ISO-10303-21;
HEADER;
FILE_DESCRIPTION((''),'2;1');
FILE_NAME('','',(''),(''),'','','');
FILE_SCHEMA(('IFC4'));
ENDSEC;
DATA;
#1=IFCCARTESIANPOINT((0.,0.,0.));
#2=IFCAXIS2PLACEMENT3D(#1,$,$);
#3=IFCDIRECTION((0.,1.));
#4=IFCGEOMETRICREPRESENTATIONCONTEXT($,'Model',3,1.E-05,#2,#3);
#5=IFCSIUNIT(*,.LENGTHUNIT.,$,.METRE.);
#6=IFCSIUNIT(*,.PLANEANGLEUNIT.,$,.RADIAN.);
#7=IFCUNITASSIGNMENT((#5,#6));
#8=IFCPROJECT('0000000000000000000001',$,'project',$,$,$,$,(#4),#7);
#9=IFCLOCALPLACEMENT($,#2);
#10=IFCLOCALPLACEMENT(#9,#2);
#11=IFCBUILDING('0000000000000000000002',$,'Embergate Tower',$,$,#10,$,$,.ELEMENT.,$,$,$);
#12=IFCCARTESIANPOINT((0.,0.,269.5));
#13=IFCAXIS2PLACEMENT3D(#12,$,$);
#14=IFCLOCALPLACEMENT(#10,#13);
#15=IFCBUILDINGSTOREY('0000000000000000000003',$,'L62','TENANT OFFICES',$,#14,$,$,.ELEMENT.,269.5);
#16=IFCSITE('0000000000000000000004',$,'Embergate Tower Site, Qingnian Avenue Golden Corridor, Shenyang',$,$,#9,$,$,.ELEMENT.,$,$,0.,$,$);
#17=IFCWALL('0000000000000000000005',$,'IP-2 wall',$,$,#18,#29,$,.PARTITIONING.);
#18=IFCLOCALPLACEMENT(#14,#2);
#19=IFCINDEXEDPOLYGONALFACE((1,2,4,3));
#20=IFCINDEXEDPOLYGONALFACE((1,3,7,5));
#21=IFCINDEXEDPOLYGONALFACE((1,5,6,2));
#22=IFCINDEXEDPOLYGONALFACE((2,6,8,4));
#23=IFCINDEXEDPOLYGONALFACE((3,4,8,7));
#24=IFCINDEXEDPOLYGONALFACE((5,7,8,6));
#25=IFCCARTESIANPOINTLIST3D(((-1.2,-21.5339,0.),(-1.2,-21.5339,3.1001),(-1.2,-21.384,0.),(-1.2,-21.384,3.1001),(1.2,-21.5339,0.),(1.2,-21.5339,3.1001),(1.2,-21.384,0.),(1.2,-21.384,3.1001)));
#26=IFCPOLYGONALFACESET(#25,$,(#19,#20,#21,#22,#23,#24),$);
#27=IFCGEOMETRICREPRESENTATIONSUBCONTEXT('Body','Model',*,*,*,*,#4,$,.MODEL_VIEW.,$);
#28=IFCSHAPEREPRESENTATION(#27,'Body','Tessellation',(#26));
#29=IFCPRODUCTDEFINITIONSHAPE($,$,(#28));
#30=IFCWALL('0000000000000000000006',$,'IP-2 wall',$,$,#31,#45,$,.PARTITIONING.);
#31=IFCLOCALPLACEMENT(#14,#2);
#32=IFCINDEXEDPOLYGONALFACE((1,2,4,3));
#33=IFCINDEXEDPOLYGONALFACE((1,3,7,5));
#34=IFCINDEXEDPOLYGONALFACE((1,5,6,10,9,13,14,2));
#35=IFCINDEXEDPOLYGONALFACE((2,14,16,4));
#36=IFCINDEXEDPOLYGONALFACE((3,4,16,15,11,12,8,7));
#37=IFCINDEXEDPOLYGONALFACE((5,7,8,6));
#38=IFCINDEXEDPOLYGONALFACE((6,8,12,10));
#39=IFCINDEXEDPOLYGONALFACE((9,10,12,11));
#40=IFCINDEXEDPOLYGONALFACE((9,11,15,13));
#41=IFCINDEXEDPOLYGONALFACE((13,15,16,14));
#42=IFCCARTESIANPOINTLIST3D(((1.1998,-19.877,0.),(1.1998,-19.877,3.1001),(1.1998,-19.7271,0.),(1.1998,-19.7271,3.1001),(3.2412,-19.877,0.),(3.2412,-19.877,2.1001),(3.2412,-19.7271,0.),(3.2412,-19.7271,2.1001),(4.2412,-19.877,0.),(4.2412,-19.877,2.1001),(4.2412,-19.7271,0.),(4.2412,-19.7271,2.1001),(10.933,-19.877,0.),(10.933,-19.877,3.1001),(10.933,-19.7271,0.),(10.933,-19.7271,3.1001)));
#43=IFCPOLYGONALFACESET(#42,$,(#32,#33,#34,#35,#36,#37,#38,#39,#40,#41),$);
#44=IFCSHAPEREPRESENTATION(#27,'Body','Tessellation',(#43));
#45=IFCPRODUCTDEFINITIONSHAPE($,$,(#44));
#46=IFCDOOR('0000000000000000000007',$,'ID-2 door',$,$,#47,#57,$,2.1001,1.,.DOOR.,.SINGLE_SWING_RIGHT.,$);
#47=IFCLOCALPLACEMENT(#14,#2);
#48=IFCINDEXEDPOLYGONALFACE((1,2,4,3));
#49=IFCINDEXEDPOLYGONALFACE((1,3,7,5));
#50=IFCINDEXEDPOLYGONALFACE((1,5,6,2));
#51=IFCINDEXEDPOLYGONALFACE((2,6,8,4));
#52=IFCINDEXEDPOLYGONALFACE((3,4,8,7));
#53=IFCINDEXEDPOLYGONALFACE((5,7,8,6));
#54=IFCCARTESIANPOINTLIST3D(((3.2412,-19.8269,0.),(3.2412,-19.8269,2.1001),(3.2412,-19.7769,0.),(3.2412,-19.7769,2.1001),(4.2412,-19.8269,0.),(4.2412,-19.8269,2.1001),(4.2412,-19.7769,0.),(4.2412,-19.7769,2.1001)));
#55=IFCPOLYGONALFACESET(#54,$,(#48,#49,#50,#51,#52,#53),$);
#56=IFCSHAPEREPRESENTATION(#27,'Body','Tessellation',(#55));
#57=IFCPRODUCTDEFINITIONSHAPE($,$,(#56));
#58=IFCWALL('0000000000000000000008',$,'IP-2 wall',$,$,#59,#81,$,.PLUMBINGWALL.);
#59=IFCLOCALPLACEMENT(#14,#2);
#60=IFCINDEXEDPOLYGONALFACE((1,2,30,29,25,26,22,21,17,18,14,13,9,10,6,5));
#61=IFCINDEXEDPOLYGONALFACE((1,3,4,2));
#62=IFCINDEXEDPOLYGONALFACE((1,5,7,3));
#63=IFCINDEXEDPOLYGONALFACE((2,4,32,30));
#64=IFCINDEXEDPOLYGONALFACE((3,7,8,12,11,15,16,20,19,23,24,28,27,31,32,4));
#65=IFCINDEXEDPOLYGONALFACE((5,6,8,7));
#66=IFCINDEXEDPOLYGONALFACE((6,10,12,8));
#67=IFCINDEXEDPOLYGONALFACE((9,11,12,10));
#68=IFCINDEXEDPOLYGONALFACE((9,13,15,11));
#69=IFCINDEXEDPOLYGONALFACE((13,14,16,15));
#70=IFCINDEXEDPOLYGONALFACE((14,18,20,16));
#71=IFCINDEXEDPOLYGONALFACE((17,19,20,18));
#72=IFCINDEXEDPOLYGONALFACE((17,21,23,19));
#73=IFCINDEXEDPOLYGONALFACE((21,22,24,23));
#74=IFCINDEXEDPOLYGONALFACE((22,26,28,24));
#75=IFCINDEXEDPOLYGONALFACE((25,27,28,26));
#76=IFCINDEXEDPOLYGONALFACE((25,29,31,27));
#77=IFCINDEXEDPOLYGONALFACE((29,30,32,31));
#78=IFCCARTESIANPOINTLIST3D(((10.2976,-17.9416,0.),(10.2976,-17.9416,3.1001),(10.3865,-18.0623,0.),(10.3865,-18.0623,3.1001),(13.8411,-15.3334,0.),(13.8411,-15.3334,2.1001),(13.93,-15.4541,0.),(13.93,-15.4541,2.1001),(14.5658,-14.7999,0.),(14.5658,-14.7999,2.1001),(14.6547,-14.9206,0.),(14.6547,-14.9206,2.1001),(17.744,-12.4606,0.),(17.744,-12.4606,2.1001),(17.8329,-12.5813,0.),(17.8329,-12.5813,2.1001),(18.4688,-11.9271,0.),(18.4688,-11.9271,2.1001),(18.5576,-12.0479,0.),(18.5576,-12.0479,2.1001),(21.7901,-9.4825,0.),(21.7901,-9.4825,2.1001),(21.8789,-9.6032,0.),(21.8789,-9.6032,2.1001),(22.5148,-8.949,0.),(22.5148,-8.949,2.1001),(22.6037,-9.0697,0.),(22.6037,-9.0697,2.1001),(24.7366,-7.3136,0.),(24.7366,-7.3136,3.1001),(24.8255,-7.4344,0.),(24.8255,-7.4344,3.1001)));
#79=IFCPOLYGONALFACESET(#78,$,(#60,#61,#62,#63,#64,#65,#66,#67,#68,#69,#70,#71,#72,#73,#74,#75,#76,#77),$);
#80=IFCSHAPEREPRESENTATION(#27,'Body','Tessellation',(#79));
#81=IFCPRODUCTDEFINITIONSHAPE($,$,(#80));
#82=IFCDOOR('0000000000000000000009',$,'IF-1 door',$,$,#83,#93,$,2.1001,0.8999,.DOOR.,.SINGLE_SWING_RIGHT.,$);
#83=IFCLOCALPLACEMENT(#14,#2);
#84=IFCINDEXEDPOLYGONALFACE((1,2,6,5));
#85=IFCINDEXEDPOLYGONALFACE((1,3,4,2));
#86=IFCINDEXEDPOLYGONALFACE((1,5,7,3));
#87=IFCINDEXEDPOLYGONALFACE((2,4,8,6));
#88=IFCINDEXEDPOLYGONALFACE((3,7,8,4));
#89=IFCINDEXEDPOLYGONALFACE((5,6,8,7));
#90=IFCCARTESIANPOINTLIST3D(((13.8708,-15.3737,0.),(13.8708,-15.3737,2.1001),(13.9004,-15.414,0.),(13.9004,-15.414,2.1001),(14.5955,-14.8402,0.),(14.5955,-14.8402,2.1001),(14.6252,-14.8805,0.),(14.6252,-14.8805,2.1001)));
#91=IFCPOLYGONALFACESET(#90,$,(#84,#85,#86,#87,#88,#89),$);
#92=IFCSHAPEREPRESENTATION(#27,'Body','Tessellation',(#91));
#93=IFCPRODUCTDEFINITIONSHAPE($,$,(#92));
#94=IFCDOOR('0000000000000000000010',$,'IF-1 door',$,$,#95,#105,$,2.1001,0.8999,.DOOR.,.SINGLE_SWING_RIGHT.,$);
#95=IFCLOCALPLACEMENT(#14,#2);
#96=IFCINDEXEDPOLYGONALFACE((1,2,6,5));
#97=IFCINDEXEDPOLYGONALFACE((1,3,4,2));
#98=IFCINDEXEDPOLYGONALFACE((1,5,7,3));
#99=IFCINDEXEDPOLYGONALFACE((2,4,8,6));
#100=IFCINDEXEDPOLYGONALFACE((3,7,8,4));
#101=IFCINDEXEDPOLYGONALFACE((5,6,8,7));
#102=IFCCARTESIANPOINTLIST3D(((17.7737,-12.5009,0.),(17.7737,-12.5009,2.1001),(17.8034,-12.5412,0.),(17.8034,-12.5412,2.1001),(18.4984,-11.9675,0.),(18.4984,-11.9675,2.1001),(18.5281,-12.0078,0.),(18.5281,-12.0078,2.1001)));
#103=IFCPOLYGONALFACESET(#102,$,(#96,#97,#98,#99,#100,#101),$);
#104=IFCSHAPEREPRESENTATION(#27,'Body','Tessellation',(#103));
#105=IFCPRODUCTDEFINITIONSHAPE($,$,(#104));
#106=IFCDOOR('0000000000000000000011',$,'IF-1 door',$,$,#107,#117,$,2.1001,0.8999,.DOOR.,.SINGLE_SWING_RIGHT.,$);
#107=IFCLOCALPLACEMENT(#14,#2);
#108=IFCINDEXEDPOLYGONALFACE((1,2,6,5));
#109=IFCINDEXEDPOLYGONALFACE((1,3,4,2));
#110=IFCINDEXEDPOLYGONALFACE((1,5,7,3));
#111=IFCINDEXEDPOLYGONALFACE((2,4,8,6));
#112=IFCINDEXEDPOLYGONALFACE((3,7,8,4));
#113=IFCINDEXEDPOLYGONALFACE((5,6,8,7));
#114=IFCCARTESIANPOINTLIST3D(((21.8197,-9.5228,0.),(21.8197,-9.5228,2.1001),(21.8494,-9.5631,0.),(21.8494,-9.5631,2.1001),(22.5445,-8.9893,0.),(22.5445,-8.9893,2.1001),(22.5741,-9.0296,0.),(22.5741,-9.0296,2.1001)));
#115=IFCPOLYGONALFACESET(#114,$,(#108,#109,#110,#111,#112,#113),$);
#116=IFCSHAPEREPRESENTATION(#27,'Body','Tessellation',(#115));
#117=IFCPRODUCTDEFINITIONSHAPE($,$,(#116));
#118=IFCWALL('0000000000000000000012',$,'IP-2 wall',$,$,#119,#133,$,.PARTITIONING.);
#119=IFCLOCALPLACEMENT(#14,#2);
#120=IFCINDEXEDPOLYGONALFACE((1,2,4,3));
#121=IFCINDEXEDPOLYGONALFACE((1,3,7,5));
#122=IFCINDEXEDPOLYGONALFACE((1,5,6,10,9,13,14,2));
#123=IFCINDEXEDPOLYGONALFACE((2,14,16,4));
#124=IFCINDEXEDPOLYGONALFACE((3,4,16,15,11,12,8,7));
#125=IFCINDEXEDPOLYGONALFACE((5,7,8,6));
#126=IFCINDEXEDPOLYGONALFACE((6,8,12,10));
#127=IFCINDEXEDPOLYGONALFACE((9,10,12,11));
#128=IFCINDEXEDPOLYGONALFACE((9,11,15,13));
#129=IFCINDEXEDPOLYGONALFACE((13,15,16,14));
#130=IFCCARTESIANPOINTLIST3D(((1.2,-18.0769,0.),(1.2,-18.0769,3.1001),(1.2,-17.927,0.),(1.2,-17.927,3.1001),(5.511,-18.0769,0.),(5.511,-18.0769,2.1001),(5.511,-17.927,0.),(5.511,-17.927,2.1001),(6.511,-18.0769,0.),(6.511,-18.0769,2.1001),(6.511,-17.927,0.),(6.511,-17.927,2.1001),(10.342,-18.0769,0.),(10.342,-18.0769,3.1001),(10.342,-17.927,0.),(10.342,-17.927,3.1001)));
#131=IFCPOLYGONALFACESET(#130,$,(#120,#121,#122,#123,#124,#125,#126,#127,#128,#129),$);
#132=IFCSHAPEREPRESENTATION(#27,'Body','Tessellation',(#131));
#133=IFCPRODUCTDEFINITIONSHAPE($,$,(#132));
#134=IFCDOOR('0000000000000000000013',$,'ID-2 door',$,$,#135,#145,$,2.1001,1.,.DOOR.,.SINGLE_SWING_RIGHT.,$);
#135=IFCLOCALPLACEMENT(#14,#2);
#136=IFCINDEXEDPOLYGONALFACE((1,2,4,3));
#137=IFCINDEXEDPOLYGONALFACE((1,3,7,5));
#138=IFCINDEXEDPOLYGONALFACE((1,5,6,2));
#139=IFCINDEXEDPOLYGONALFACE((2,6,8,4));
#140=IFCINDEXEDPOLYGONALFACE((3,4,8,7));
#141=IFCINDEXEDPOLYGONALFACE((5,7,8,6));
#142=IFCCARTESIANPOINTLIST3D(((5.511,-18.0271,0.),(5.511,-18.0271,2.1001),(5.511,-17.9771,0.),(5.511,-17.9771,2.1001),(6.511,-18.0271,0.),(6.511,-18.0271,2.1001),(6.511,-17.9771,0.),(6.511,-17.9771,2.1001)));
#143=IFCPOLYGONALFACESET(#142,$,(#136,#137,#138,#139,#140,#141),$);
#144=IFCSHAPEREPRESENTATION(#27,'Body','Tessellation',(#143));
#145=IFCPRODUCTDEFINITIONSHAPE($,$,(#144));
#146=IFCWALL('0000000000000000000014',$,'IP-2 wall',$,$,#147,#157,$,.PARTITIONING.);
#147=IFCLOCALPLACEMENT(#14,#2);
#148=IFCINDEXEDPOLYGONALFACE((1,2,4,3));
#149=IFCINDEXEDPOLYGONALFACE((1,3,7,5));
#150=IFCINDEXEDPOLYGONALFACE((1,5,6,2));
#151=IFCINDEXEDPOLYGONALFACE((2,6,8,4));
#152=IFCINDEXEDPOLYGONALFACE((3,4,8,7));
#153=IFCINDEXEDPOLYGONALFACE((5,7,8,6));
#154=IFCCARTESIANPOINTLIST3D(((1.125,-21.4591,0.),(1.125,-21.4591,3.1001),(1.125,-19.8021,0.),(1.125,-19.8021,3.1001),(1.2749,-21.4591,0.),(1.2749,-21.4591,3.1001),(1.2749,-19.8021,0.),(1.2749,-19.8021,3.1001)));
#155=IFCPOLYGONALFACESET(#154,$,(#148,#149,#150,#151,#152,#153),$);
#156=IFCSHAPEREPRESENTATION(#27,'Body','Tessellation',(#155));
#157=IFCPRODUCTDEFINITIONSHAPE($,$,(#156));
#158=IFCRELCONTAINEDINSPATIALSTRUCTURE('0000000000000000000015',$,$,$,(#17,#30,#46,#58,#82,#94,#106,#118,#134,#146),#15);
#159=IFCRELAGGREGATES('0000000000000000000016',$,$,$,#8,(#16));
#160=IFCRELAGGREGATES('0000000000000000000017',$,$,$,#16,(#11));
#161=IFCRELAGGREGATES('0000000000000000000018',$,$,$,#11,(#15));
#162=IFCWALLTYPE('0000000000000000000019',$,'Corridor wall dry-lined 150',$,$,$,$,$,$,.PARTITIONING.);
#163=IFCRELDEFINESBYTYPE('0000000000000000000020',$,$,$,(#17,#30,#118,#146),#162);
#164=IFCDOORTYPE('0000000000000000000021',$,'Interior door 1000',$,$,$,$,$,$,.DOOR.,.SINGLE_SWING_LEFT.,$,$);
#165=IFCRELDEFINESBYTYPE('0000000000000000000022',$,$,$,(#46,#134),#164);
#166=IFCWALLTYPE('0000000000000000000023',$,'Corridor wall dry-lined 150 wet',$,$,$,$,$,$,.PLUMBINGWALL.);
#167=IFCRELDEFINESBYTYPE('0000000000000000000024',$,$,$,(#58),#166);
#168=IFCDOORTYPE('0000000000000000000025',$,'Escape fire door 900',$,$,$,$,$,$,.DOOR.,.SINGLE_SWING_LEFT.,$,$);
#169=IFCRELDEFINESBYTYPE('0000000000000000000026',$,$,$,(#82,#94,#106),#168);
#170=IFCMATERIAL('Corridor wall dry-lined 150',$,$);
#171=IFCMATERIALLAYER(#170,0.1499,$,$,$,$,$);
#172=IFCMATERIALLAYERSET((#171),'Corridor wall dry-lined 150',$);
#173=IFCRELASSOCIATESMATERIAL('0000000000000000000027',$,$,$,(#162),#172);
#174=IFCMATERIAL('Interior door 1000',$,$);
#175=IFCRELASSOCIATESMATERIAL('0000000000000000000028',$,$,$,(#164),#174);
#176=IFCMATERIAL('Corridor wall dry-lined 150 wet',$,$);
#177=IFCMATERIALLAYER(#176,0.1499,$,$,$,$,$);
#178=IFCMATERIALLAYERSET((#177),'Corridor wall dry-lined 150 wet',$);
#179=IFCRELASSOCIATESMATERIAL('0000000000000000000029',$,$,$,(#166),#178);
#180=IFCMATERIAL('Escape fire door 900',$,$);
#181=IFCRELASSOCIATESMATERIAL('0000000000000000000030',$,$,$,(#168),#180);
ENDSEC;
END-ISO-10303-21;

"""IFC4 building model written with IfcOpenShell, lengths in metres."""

from ifc_helpers import new_model, si_unit, direction, frame, frame_2d, origin, place, context, subcontext, project, spatial, rectangle, extrude, source, transform, mapped, material, layer, layer_set, type_object, element, fill, save


model = new_model("IFC4")

# Units and contexts
model_context = context("Model", 3, precision=1e-05, world=origin(), true_north=direction((0.0, 1.0)))
body_context = subcontext(model_context, "Body", "Model", "MODEL_VIEW")
ifc_project = project(units=[si_unit("LENGTHUNIT", "METRE"), si_unit("PLANEANGLEUNIT", "RADIAN")], contexts=[model_context])

# Site, building, storey
site_placement = place(None, origin())
site = spatial("IfcSite", under=ifc_project, at=site_placement, Name="Embergate Tower Site, Qingnian Avenue Golden Corridor, Shenyang", CompositionType="ELEMENT", RefElevation=0.0)
building_placement = place(site_placement, origin())
building = spatial("IfcBuilding", under=site, at=building_placement, Name="Embergate Tower", CompositionType="ELEMENT")
storey_placement = place(building_placement, frame((0.0, 0.0, 269.5)))
storey = spatial("IfcBuildingStorey", under=building, at=storey_placement, Name="L62", Description="TENANT OFFICES", CompositionType="ELEMENT", Elevation=269.5)

# Wall
ifc_material_1 = material(Name="Corridor wall dry-lined 150")
ifc_layer_1 = layer(ifc_material_1, 0.1499)
ifc_layer_set_1 = layer_set([ifc_layer_1], Name="Corridor wall dry-lined 150")
wall_type_1 = type_object("IfcWallType", Name="Corridor wall dry-lined 150", PredefinedType="PARTITIONING", material=ifc_layer_set_1)
shared_shape_1 = source(origin(), body_context, "Body", "SweptSolid", [
    extrude(rectangle(XDim=2.3999, YDim=0.1499, at=frame_2d((1.2, 0.0))), origin(), (0.0, 0.0, 1.0), 3.1001),
])
wall_1_placement = place(storey_placement, frame((1.2, -21.459, 0.0), z_axis=(0.0, 0.0, 1.0), x_axis=(-1.0, 0.0, 0.0)))
element("IfcWall", 1, at=wall_1_placement, inside=storey, type_object=wall_type_1, Name="IP-2 wall", PredefinedType="PARTITIONING", context=body_context, shape_type="MappedRepresentation", body=[
    mapped(shared_shape_1, transform((0.0, 0.0, 0.0))),
])

# Wall, opening, door
shared_shape_2 = source(origin(), body_context, "Body", "SweptSolid", [
    extrude(rectangle(XDim=9.7332, YDim=0.1499, at=frame_2d((4.8667, 0.0))), origin(), (0.0, 0.0, 1.0), 3.1001),
])
wall_2_placement = place(storey_placement, frame((10.9331, -19.802, 0.0), z_axis=(0.0, 0.0, 1.0), x_axis=(-1.0, 0.0, 0.0)))
wall_2 = element("IfcWall", 2, at=wall_2_placement, inside=storey, type_object=wall_type_1, Name="IP-2 wall", PredefinedType="PARTITIONING", context=body_context, shape_type="MappedRepresentation", body=[
    mapped(shared_shape_2, transform((0.0, 0.0, 0.0))),
])
shared_shape_3 = source(origin(), body_context, "Body", "SweptSolid", [
    extrude(rectangle(XDim=1.0, YDim=2.1001, at=frame_2d((0.5, 1.05))), frame((0.0, 0.085, 0.0), z_axis=(0.0, -1.0, 0.0), x_axis=(1.0, 0.0, 0.0)), (0.0, 0.0, 1.0), 0.1699),
])
opening_1_placement = place(wall_2_placement, frame((6.6919, 0.0, 0.0)))
opening_1 = element("IfcOpeningElement", 3, at=opening_1_placement, cuts=wall_2, PredefinedType="OPENING", context=body_context, shape_type="MappedRepresentation", body=[
    mapped(shared_shape_3, transform((0.0, 0.0, 0.0))),
])
ifc_material_2 = material(Name="Interior door 1000")
door_type_1 = type_object("IfcDoorType", Name="Interior door 1000", OperationType="SINGLE_SWING_LEFT", PredefinedType="DOOR", material=ifc_material_2)
shared_shape_4 = source(origin(), body_context, "Body", "SweptSolid", [
    extrude(rectangle(XDim=1.0, YDim=2.1001, at=frame_2d((0.5, 1.05))), frame((0.0, 0.0249, 0.0), z_axis=(0.0, -1.0, 0.0), x_axis=(1.0, 0.0, 0.0)), (0.0, 0.0, 1.0), 0.05),
])
door_1_placement = place(opening_1_placement, origin())
door_1 = element("IfcDoor", 4, at=door_1_placement, inside=storey, type_object=door_type_1, Name="ID-2 door", OperationType="SINGLE_SWING_RIGHT", OverallHeight=2.1001, OverallWidth=1.0, PredefinedType="DOOR", context=body_context, shape_type="MappedRepresentation", body=[
    mapped(shared_shape_4, transform((0.0, 0.0, 0.0))),
])
fill(opening_1, door_1)

# Wall, openings, doors
ifc_material_3 = material(Name="Corridor wall dry-lined 150 wet")
ifc_layer_2 = layer(ifc_material_3, 0.1499)
ifc_layer_set_2 = layer_set([ifc_layer_2], Name="Corridor wall dry-lined 150 wet")
wall_type_2 = type_object("IfcWallType", Name="Corridor wall dry-lined 150 wet", PredefinedType="PLUMBINGWALL", material=ifc_layer_set_2)
shared_shape_5 = source(origin(), body_context, "Body", "SweptSolid", [
    extrude(rectangle(XDim=17.9287, YDim=0.1499, at=frame_2d((8.9644, 0.0))), origin(), (0.0, 0.0, 1.0), 3.1001),
])
wall_3_placement = place(storey_placement, frame((10.342, -18.002, 0.0), z_axis=(0.0, 0.0, 1.0), x_axis=(0.805357, 0.59279, 0.0)))
wall_3 = element("IfcWall", 5, at=wall_3_placement, inside=storey, type_object=wall_type_2, Name="IP-2 wall", PredefinedType="PLUMBINGWALL", context=body_context, shape_type="MappedRepresentation", body=[
    mapped(shared_shape_5, transform((0.0, 0.0, 0.0))),
])
shared_shape_6 = source(origin(), body_context, "Body", "SweptSolid", [
    extrude(rectangle(XDim=0.8999, YDim=2.1001, at=frame_2d((0.45, 1.05))), frame((0.0, 0.085, 0.0), z_axis=(0.0, -1.0, 0.0), x_axis=(1.0, 0.0, 0.0)), (0.0, 0.0, 1.0), 0.1699),
])
opening_2_placement = place(wall_3_placement, frame((4.3999, 0.0, 0.0)))
opening_2 = element("IfcOpeningElement", 6, at=opening_2_placement, cuts=wall_3, PredefinedType="OPENING", context=body_context, shape_type="MappedRepresentation", body=[
    mapped(shared_shape_6, transform((0.0, 0.0, 0.0))),
])
opening_3_placement = place(wall_3_placement, frame((9.2461, 0.0, 0.0)))
opening_3 = element("IfcOpeningElement", 7, at=opening_3_placement, cuts=wall_3, PredefinedType="OPENING", context=body_context, shape_type="MappedRepresentation", body=[
    mapped(shared_shape_6, transform((0.0, 0.0, 0.0))),
])
opening_4_placement = place(wall_3_placement, frame((14.27, 0.0, 0.0)))
opening_4 = element("IfcOpeningElement", 8, at=opening_4_placement, cuts=wall_3, PredefinedType="OPENING", context=body_context, shape_type="MappedRepresentation", body=[
    mapped(shared_shape_6, transform((0.0, 0.0, 0.0))),
])
ifc_material_4 = material(Name="Escape fire door 900")
door_type_2 = type_object("IfcDoorType", Name="Escape fire door 900", OperationType="SINGLE_SWING_LEFT", PredefinedType="DOOR", material=ifc_material_4)
shared_shape_7 = source(origin(), body_context, "Body", "SweptSolid", [
    extrude(rectangle(XDim=0.8999, YDim=2.1001, at=frame_2d((0.45, 1.05))), frame((0.0, 0.0249, 0.0), z_axis=(0.0, -1.0, 0.0), x_axis=(1.0, 0.0, 0.0)), (0.0, 0.0, 1.0), 0.05),
])
door_2_placement = place(opening_2_placement, origin())
door_2 = element("IfcDoor", 9, at=door_2_placement, inside=storey, type_object=door_type_2, Name="IF-1 door", OperationType="SINGLE_SWING_RIGHT", OverallHeight=2.1001, OverallWidth=0.8999, PredefinedType="DOOR", context=body_context, shape_type="MappedRepresentation", body=[
    mapped(shared_shape_7, transform((0.0, 0.0, 0.0))),
])
fill(opening_2, door_2)
door_3_placement = place(opening_3_placement, origin())
door_3 = element("IfcDoor", 10, at=door_3_placement, inside=storey, type_object=door_type_2, Name="IF-1 door", OperationType="SINGLE_SWING_RIGHT", OverallHeight=2.1001, OverallWidth=0.8999, PredefinedType="DOOR", context=body_context, shape_type="MappedRepresentation", body=[
    mapped(shared_shape_7, transform((0.0, 0.0, 0.0))),
])
fill(opening_3, door_3)
door_4_placement = place(opening_4_placement, origin())
door_4 = element("IfcDoor", 11, at=door_4_placement, inside=storey, type_object=door_type_2, Name="IF-1 door", OperationType="SINGLE_SWING_RIGHT", OverallHeight=2.1001, OverallWidth=0.8999, PredefinedType="DOOR", context=body_context, shape_type="MappedRepresentation", body=[
    mapped(shared_shape_7, transform((0.0, 0.0, 0.0))),
])
fill(opening_4, door_4)

# Wall, opening, door
shared_shape_8 = source(origin(), body_context, "Body", "SweptSolid", [
    extrude(rectangle(XDim=9.1421, YDim=0.1499, at=frame_2d((4.571, 0.0))), origin(), (0.0, 0.0, 1.0), 3.1001),
])
wall_4_placement = place(storey_placement, frame((1.2, -18.002, 0.0), z_axis=(0.0, 0.0, 1.0), x_axis=(1.0, 0.0, 0.0)))
wall_4 = element("IfcWall", 12, at=wall_4_placement, inside=storey, type_object=wall_type_1, Name="IP-2 wall", PredefinedType="PARTITIONING", context=body_context, shape_type="MappedRepresentation", body=[
    mapped(shared_shape_8, transform((0.0, 0.0, 0.0))),
])
opening_5_placement = place(wall_4_placement, frame((4.311, 0.0, 0.0)))
opening_5 = element("IfcOpeningElement", 13, at=opening_5_placement, cuts=wall_4, PredefinedType="OPENING", context=body_context, shape_type="MappedRepresentation", body=[
    mapped(shared_shape_3, transform((0.0, 0.0, 0.0))),
])
door_5_placement = place(opening_5_placement, origin())
door_5 = element("IfcDoor", 14, at=door_5_placement, inside=storey, type_object=door_type_1, Name="ID-2 door", OperationType="SINGLE_SWING_RIGHT", OverallHeight=2.1001, OverallWidth=1.0, PredefinedType="DOOR", context=body_context, shape_type="MappedRepresentation", body=[
    mapped(shared_shape_4, transform((0.0, 0.0, 0.0))),
])
fill(opening_5, door_5)

# Wall
shared_shape_9 = source(origin(), body_context, "Body", "SweptSolid", [
    extrude(rectangle(XDim=1.657, YDim=0.1499, at=frame_2d((0.8286, 0.0))), origin(), (0.0, 0.0, 1.0), 3.1001),
])
wall_5_placement = place(storey_placement, frame((1.2, -19.802, 0.0), z_axis=(0.0, 0.0, 1.0), x_axis=(0.0, -1.0, 0.0)))
element("IfcWall", 15, at=wall_5_placement, inside=storey, type_object=wall_type_1, Name="IP-2 wall", PredefinedType="PARTITIONING", context=body_context, shape_type="MappedRepresentation", body=[
    mapped(shared_shape_9, transform((0.0, 0.0, 0.0))),
])

save(model, "model.ifc")
